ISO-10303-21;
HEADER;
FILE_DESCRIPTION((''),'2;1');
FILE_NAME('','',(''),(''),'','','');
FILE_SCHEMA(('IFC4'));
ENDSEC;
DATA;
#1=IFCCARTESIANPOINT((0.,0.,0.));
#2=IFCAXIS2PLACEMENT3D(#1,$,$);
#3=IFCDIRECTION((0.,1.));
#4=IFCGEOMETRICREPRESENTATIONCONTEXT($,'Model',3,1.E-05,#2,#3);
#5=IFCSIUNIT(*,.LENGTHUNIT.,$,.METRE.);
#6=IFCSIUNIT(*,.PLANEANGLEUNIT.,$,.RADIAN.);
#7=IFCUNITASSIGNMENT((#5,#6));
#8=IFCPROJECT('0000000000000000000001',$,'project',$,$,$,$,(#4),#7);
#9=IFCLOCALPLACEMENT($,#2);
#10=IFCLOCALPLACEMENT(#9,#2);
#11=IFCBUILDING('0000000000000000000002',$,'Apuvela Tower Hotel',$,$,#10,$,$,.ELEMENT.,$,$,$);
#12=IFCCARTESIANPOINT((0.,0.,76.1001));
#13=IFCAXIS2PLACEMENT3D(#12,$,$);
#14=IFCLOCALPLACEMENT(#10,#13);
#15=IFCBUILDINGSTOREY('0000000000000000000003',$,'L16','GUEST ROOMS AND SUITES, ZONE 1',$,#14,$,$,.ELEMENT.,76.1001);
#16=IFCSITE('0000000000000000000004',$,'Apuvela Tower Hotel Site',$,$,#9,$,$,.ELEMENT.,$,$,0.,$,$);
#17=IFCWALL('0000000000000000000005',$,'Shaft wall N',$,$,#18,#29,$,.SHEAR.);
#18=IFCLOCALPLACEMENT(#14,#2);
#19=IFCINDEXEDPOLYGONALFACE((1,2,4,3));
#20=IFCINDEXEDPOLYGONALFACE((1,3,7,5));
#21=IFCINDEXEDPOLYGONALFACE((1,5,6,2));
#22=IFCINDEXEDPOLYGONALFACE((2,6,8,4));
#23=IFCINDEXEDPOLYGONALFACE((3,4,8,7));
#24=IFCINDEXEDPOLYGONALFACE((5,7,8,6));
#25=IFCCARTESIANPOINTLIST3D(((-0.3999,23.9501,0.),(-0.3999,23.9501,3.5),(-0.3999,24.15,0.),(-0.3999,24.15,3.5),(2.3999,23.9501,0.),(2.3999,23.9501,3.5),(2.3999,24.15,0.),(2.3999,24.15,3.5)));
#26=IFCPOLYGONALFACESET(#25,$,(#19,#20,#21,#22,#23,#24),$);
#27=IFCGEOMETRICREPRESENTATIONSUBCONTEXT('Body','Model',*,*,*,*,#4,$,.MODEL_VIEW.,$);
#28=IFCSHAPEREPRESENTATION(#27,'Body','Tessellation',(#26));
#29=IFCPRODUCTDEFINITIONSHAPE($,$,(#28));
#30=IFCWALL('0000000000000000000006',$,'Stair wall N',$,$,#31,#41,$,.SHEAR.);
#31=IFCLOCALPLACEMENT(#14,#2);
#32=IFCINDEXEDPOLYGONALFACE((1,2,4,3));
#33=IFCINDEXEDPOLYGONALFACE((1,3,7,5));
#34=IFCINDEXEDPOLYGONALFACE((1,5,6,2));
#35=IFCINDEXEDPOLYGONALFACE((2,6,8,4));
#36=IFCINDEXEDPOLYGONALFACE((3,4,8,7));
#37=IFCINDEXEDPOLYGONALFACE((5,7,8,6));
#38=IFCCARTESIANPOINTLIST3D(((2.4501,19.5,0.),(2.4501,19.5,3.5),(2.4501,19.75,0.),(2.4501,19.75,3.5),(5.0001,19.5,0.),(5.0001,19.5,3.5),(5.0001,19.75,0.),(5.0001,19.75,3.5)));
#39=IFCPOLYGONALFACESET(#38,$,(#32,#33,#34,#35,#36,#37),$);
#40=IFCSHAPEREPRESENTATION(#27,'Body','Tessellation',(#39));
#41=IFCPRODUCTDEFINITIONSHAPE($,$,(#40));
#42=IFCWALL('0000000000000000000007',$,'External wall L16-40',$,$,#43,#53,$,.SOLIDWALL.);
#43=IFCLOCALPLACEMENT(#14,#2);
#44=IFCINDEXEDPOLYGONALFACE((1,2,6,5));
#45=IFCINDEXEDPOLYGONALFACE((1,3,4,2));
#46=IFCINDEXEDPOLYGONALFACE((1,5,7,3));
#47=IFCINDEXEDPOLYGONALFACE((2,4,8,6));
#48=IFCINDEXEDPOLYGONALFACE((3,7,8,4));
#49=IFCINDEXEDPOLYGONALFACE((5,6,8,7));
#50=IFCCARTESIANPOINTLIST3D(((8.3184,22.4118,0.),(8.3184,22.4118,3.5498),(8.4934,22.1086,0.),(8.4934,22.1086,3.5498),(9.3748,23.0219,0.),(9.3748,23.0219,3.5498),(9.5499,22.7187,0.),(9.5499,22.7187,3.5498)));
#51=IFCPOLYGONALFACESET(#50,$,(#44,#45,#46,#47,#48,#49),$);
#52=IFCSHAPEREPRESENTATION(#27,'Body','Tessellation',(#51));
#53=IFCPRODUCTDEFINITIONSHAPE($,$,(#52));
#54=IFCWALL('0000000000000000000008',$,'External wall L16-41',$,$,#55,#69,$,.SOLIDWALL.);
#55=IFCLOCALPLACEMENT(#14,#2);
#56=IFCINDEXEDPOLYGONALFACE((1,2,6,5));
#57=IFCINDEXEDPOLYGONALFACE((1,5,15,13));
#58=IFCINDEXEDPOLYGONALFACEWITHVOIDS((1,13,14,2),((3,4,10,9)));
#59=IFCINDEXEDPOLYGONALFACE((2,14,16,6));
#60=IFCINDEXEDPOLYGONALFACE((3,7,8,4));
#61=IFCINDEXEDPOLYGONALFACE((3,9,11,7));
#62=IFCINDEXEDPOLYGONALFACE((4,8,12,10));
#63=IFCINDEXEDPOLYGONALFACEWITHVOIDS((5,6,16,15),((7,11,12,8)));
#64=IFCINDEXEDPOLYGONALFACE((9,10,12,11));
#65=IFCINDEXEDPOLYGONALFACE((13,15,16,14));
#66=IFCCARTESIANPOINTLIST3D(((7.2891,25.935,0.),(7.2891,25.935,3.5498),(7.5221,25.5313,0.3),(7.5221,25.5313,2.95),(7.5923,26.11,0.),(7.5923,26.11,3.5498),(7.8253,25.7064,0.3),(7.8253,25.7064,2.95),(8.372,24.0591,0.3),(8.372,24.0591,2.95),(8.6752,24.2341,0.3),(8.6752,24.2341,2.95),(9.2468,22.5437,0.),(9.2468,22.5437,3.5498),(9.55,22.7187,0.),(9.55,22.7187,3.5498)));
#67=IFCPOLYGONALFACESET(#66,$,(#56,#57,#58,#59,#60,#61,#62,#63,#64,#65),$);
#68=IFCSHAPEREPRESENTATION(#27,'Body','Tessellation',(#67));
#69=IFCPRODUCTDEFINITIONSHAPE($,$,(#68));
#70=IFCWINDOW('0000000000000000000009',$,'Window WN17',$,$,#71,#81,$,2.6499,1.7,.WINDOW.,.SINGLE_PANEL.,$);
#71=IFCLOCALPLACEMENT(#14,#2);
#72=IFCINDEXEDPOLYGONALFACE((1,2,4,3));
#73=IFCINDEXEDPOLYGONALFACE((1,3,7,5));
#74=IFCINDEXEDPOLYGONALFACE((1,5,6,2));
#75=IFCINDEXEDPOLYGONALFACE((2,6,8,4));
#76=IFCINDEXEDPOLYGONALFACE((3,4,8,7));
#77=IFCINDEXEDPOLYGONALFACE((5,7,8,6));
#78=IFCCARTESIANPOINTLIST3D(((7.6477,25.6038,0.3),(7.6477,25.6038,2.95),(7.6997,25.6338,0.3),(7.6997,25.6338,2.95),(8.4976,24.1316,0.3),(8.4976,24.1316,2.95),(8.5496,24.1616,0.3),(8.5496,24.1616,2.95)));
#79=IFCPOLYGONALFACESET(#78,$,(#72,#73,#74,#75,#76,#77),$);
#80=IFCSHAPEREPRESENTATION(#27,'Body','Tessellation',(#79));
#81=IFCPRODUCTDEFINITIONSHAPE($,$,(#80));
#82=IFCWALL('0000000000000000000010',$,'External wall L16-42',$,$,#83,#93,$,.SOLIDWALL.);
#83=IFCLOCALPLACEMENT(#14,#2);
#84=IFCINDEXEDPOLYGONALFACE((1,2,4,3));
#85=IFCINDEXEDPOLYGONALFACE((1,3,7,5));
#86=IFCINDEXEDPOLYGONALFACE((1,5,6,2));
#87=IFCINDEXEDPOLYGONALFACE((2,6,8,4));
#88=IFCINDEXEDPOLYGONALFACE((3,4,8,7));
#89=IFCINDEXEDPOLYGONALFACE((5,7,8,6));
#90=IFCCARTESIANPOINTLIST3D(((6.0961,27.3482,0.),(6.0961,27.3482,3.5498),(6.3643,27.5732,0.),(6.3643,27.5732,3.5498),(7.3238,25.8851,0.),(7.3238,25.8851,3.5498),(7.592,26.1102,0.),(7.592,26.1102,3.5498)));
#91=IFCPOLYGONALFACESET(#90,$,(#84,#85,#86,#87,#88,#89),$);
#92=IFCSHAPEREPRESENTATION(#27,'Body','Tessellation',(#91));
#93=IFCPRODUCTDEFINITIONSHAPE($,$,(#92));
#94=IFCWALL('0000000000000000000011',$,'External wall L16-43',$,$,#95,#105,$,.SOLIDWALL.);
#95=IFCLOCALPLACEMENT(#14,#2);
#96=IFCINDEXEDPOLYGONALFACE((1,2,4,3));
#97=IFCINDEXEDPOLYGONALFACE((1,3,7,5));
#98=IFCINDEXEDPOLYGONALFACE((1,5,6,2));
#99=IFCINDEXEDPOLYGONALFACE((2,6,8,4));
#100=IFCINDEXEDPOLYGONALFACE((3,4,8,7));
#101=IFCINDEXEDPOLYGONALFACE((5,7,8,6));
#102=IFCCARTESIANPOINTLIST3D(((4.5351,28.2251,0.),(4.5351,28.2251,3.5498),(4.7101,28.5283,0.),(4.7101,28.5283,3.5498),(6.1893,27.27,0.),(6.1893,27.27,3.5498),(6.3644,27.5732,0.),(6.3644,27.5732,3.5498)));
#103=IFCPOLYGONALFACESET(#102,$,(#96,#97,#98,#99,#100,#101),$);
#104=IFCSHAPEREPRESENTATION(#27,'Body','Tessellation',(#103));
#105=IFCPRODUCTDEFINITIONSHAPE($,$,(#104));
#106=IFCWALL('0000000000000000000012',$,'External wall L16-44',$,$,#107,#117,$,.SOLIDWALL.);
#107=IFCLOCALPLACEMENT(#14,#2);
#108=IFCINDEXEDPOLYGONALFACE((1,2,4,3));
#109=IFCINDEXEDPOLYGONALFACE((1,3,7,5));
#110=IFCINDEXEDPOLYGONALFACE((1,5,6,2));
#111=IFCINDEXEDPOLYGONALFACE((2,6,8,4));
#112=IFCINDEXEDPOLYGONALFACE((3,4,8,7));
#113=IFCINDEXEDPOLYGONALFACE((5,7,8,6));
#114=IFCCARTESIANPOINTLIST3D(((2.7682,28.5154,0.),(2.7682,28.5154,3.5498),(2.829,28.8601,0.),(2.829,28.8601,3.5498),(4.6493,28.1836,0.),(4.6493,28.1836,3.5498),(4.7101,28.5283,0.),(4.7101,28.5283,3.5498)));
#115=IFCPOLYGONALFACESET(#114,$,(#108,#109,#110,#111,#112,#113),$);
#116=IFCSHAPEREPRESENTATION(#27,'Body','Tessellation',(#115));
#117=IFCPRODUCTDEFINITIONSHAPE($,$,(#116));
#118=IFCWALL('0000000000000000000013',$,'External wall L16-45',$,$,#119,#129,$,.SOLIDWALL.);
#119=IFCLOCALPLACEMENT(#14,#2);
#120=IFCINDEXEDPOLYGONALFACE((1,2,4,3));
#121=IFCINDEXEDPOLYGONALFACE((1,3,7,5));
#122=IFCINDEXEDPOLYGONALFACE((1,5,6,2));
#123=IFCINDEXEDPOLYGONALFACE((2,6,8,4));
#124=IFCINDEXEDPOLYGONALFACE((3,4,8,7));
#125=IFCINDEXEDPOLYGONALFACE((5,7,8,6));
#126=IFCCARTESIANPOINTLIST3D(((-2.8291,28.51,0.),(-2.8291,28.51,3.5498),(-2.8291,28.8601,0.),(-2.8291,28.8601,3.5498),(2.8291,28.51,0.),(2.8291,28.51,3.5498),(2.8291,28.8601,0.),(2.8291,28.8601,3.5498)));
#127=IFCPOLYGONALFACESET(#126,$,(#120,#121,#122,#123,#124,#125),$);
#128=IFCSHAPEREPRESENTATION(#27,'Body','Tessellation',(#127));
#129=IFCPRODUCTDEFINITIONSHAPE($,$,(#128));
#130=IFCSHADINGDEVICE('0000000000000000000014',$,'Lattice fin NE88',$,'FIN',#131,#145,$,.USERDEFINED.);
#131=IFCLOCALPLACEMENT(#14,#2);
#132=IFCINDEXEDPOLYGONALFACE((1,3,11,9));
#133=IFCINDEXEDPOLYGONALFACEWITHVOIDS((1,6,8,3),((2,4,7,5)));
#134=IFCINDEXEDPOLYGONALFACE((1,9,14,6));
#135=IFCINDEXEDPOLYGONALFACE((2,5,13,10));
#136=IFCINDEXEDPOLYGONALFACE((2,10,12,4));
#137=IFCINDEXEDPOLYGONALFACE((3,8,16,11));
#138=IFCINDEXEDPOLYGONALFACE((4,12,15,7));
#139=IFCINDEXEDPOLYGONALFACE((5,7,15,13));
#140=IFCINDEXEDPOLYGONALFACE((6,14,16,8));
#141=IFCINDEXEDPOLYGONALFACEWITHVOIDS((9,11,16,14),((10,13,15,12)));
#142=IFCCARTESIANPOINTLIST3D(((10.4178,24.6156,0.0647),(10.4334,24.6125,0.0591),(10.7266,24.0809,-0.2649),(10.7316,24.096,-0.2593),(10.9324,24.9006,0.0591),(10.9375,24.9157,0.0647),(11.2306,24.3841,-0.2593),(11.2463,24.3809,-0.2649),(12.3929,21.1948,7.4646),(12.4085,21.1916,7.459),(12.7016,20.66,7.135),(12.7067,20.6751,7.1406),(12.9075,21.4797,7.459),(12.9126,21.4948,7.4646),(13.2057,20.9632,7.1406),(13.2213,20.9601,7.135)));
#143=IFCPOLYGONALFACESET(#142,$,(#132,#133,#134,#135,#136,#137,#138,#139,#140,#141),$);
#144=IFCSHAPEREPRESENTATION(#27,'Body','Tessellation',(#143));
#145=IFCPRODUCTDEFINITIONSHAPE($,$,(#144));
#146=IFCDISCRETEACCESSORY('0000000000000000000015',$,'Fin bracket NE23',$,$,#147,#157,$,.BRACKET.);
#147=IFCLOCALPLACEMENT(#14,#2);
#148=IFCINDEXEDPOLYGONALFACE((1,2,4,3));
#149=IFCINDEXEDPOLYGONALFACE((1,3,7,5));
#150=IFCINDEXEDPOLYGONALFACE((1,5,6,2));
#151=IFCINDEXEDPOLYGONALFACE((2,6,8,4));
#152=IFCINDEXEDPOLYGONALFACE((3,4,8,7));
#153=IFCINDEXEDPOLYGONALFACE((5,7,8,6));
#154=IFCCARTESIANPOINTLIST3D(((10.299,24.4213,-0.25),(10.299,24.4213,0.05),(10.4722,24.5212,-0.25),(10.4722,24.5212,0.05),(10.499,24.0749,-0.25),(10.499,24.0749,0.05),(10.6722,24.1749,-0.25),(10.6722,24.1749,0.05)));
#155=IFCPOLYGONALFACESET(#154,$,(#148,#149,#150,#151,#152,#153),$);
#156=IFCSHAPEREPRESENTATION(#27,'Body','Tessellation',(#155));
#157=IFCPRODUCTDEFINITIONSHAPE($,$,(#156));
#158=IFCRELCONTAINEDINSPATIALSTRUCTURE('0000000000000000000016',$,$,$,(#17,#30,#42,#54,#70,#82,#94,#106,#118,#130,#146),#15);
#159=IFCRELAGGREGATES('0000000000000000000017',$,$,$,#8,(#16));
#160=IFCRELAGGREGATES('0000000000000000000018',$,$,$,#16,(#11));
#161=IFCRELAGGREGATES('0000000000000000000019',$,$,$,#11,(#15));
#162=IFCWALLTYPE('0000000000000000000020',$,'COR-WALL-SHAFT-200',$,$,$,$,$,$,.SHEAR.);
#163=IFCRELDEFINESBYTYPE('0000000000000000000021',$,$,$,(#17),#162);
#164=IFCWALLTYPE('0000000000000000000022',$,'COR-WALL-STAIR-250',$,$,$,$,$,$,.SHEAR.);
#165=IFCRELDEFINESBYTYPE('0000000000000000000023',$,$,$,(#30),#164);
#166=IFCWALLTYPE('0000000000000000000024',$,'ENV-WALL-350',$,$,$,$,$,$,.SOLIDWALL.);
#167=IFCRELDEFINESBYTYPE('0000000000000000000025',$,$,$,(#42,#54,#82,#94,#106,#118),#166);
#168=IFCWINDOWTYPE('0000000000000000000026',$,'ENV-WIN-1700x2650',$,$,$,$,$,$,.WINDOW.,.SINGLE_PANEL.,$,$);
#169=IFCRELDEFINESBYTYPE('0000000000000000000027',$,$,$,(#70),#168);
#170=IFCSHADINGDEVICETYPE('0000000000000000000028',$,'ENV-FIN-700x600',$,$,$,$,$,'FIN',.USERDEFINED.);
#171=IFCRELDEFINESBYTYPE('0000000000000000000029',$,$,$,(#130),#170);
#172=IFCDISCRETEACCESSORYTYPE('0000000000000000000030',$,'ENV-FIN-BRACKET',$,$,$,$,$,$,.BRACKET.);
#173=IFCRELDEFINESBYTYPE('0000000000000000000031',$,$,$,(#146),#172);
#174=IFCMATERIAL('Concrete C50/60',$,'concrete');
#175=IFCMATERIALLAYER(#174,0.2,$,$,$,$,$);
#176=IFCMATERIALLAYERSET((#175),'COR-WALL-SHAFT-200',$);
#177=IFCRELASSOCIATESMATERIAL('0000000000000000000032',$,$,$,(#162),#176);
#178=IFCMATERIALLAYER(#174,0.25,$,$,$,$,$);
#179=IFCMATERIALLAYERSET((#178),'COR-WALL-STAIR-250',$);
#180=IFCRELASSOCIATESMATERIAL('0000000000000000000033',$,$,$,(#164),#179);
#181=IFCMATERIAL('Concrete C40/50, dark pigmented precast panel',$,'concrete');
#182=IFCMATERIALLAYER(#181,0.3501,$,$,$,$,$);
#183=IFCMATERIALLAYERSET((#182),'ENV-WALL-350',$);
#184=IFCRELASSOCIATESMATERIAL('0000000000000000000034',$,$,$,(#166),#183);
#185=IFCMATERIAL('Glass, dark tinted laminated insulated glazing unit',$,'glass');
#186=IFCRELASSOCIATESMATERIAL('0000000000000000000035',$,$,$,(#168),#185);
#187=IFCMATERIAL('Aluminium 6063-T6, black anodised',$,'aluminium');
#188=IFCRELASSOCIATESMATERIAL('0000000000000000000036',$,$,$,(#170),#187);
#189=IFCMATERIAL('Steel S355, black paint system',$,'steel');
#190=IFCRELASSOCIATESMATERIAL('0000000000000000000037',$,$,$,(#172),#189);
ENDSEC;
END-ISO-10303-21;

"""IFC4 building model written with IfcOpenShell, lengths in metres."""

from ifc_helpers import new_model, si_unit, direction, frame, frame_2d, origin, origin_2d, place, context, subcontext, project, spatial, rectangle, hollow_rectangle, extrude, material, layer, layer_set, material_profile, profile_set, type_object, element, fill, save


model = new_model("IFC4")

# Units and contexts
model_context = context("Model", 3, precision=1e-05, world=origin(), true_north=direction((0.0, 1.0)))
body_context = subcontext(model_context, "Body", "Model", "MODEL_VIEW")
ifc_project = project(units=[si_unit("LENGTHUNIT", "METRE"), si_unit("PLANEANGLEUNIT", "RADIAN")], contexts=[model_context])

# Site, building, storey
site_placement = place(None, origin())
site = spatial("IfcSite", under=ifc_project, at=site_placement, Name="Apuvela Tower Hotel Site", CompositionType="ELEMENT", RefElevation=0.0)
building_placement = place(site_placement, origin())
building = spatial("IfcBuilding", under=site, at=building_placement, Name="Apuvela Tower Hotel", CompositionType="ELEMENT")
storey_placement = place(building_placement, frame((0.0, 0.0, 76.1001)))
storey = spatial("IfcBuildingStorey", under=building, at=storey_placement, Name="L16", Description="GUEST ROOMS AND SUITES, ZONE 1", CompositionType="ELEMENT", Elevation=76.1001)

# Walls
ifc_material_1 = material(Name="Concrete C50/60", Category="concrete")
ifc_layer_1 = layer(ifc_material_1, 0.2)
ifc_layer_set_1 = layer_set([ifc_layer_1], Name="COR-WALL-SHAFT-200")
wall_type_1 = type_object("IfcWallType", Name="COR-WALL-SHAFT-200", PredefinedType="SHEAR", material=ifc_layer_set_1)
wall_1_placement = place(storey_placement, frame((2.3999, 24.05, 0.0), z_axis=(0.0, 0.0, 1.0), x_axis=(-1.0, 0.0, 0.0)))
element("IfcWall", 1, at=wall_1_placement, inside=storey, type_object=wall_type_1, Name="Shaft wall N", PredefinedType="SHEAR", context=body_context, shape_type="SweptSolid", body=[
    extrude(rectangle(XDim=2.7998, YDim=0.2, at=frame_2d((1.3999, 0.0))), origin(), (0.0, 0.0, 1.0), 3.5),
])
ifc_layer_2 = layer(ifc_material_1, 0.25)
ifc_layer_set_2 = layer_set([ifc_layer_2], Name="COR-WALL-STAIR-250")
wall_type_2 = type_object("IfcWallType", Name="COR-WALL-STAIR-250", PredefinedType="SHEAR", material=ifc_layer_set_2)
wall_2_placement = place(storey_placement, frame((5.0, 19.625, 0.0), z_axis=(0.0, 0.0, 1.0), x_axis=(-1.0, 0.0, 0.0)))
element("IfcWall", 2, at=wall_2_placement, inside=storey, type_object=wall_type_2, Name="Stair wall N", PredefinedType="SHEAR", context=body_context, shape_type="SweptSolid", body=[
    extrude(rectangle(XDim=2.55, YDim=0.25, at=frame_2d((1.2749, 0.0))), origin(), (0.0, 0.0, 1.0), 3.5),
])
ifc_material_2 = material(Name="Concrete C40/50, dark pigmented precast panel", Category="concrete")
ifc_layer_3 = layer(ifc_material_2, 0.3501)
ifc_layer_set_3 = layer_set([ifc_layer_3], Name="ENV-WALL-350")
wall_type_3 = type_object("IfcWallType", Name="ENV-WALL-350", PredefinedType="SOLIDWALL", material=ifc_layer_set_3)
wall_3_placement = place(storey_placement, frame((8.406, 22.2603, 0.0), z_axis=(0.0, 0.0, 1.0), x_axis=(0.865956, 0.500121, 0.0)))
element("IfcWall", 3, at=wall_3_placement, inside=storey, type_object=wall_type_3, Name="External wall L16-40", PredefinedType="SOLIDWALL", context=body_context, shape_type="SweptSolid", body=[
    extrude(rectangle(XDim=1.22, YDim=0.3501, at=frame_2d((0.6099, 0.0))), origin(), (0.0, 0.0, 1.0), 3.5498),
])

# Wall, opening, window
wall_4_placement = place(storey_placement, frame((9.3984, 22.6311, 0.0), z_axis=(0.0, 0.0, 1.0), x_axis=(-0.499955, 0.866052, 0.0)))
wall_4 = element("IfcWall", 4, at=wall_4_placement, inside=storey, type_object=wall_type_3, Name="External wall L16-41", PredefinedType="SOLIDWALL", context=body_context, shape_type="SweptSolid", body=[
    extrude(rectangle(XDim=3.9158, YDim=0.3501, at=frame_2d((1.958, 0.0))), origin(), (0.0, 0.0, 1.0), 3.5498),
])
opening_placement = place(wall_4_placement, frame((1.7498, 0.0, 0.3)))
opening = element("IfcOpeningElement", 5, at=opening_placement, cuts=wall_4, PredefinedType="OPENING", context=body_context, shape_type="SweptSolid", body=[
    extrude(rectangle(XDim=1.7, YDim=2.6499, at=frame_2d((0.8501, 1.325))), frame((0.0, 0.1851, 0.0), z_axis=(0.0, -1.0, 0.0), x_axis=(1.0, 0.0, 0.0)), (0.0, 0.0, 1.0), 0.3701),
])
ifc_material_3 = material(Name="Glass, dark tinted laminated insulated glazing unit", Category="glass")
window_type = type_object("IfcWindowType", Name="ENV-WIN-1700x2650", PartitioningType="SINGLE_PANEL", PredefinedType="WINDOW", material=ifc_material_3)
window_placement = place(opening_placement, origin())
window = element("IfcWindow", 6, at=window_placement, inside=storey, type_object=window_type, Name="Window WN17", OverallHeight=2.6499, OverallWidth=1.7, PartitioningType="SINGLE_PANEL", PredefinedType="WINDOW", context=body_context, shape_type="SweptSolid", body=[
    extrude(rectangle(XDim=1.7, YDim=2.6499, at=frame_2d((0.8501, 1.325))), frame((0.0, 0.03, 0.0), z_axis=(0.0, -1.0, 0.0), x_axis=(1.0, 0.0, 0.0)), (0.0, 0.0, 1.0), 0.0601),
])
fill(opening, window)

# Walls
wall_5_placement = place(storey_placement, frame((7.458, 25.9976, 0.0), z_axis=(0.0, 0.0, 1.0), x_axis=(-0.642808, 0.766027, 0.0)))
element("IfcWall", 7, at=wall_5_placement, inside=storey, type_object=wall_type_3, Name="External wall L16-42", PredefinedType="SOLIDWALL", context=body_context, shape_type="SweptSolid", body=[
    extrude(rectangle(XDim=1.9099, YDim=0.3501, at=frame_2d((0.9551, 0.0))), origin(), (0.0, 0.0, 1.0), 3.5498),
])
for number, where, z_axis, x_axis, name in (
    (8, (6.2769, 27.4216, 0.0), (0.0, 0.0, 1.0), (-0.866032, 0.499988, 0.0), "External wall L16-43"),
    (9, (4.6797, 28.356, 0.0), (0.0, 0.0, 1.0), (-0.984799, 0.173698, 0.0), "External wall L16-44"),
):
    element("IfcWall", number, at=place(storey_placement, frame(where, z_axis=z_axis, x_axis=x_axis)), inside=storey, type_object=wall_type_3, Name=name, PredefinedType="SOLIDWALL", context=body_context, shape_type="SweptSolid", body=[
        extrude(rectangle(XDim=1.9102, YDim=0.3501, at=frame_2d((0.9551, 0.0))), origin(), (0.0, 0.0, 1.0), 3.5498),
    ])
wall_6_placement = place(storey_placement, frame((2.8291, 28.6851, 0.0), z_axis=(0.0, 0.0, 1.0), x_axis=(-1.0, 0.0, 0.0)))
element("IfcWall", 10, at=wall_6_placement, inside=storey, type_object=wall_type_3, Name="External wall L16-45", PredefinedType="SOLIDWALL", context=body_context, shape_type="SweptSolid", body=[
    extrude(rectangle(XDim=5.6582, YDim=0.3501, at=frame_2d((2.8291, 0.0))), origin(), (0.0, 0.0, 1.0), 3.5498),
])

# Shading device
ifc_material_4 = material(Name="Aluminium 6063-T6, black anodised", Category="aluminium")
ifc_material_profile_1 = material_profile(ifc_material_4, hollow_rectangle(XDim=0.6001, YDim=0.7, WallThickness=0.012, at=origin_2d()), Name="AL BOX 700x600x12")
ifc_profile_set_1 = profile_set([ifc_material_profile_1], Name="Aluminium 6063-T6, black anodised")
shading_device_type = type_object("IfcShadingDeviceType", Name="ENV-FIN-700x600", ElementType="FIN", PredefinedType="USERDEFINED", material=ifc_profile_set_1)
shading_device_placement = place(storey_placement, frame((10.832, 24.4983, -0.1001), z_axis=(0.235461, -0.407822, 0.882179), x_axis=(0.866021, 0.500008, 0.0)))
element("IfcShadingDevice", 11, at=shading_device_placement, inside=storey, type_object=shading_device_type, Name="Lattice fin NE88", ObjectType="FIN", PredefinedType="USERDEFINED", context=body_context, shape_type="SweptSolid", body=[
    extrude(hollow_rectangle(XDim=0.6001, YDim=0.7, WallThickness=0.012, at=origin_2d()), origin(), (0.0, 0.0, 1.0), 8.3882),
])

# Discrete accessory
ifc_material_5 = material(Name="Steel S355, black paint system", Category="steel")
discrete_accessory_type = type_object("IfcDiscreteAccessoryType", Name="ENV-FIN-BRACKET", PredefinedType="BRACKET", material=ifc_material_5)
discrete_accessory_placement = place(storey_placement, frame((10.4856, 24.2981, -0.25), z_axis=(0.0, 0.0, 1.0), x_axis=(-0.5, 0.866025, 0.0)))
element("IfcDiscreteAccessory", 12, at=discrete_accessory_placement, inside=storey, type_object=discrete_accessory_type, Name="Fin bracket NE23", PredefinedType="BRACKET", context=body_context, shape_type="SweptSolid", body=[
    extrude(rectangle(XDim=0.3999, YDim=0.2, at=origin_2d()), origin(), (0.0, 0.0, 1.0), 0.3),
])

save(model, "model.ifc")
